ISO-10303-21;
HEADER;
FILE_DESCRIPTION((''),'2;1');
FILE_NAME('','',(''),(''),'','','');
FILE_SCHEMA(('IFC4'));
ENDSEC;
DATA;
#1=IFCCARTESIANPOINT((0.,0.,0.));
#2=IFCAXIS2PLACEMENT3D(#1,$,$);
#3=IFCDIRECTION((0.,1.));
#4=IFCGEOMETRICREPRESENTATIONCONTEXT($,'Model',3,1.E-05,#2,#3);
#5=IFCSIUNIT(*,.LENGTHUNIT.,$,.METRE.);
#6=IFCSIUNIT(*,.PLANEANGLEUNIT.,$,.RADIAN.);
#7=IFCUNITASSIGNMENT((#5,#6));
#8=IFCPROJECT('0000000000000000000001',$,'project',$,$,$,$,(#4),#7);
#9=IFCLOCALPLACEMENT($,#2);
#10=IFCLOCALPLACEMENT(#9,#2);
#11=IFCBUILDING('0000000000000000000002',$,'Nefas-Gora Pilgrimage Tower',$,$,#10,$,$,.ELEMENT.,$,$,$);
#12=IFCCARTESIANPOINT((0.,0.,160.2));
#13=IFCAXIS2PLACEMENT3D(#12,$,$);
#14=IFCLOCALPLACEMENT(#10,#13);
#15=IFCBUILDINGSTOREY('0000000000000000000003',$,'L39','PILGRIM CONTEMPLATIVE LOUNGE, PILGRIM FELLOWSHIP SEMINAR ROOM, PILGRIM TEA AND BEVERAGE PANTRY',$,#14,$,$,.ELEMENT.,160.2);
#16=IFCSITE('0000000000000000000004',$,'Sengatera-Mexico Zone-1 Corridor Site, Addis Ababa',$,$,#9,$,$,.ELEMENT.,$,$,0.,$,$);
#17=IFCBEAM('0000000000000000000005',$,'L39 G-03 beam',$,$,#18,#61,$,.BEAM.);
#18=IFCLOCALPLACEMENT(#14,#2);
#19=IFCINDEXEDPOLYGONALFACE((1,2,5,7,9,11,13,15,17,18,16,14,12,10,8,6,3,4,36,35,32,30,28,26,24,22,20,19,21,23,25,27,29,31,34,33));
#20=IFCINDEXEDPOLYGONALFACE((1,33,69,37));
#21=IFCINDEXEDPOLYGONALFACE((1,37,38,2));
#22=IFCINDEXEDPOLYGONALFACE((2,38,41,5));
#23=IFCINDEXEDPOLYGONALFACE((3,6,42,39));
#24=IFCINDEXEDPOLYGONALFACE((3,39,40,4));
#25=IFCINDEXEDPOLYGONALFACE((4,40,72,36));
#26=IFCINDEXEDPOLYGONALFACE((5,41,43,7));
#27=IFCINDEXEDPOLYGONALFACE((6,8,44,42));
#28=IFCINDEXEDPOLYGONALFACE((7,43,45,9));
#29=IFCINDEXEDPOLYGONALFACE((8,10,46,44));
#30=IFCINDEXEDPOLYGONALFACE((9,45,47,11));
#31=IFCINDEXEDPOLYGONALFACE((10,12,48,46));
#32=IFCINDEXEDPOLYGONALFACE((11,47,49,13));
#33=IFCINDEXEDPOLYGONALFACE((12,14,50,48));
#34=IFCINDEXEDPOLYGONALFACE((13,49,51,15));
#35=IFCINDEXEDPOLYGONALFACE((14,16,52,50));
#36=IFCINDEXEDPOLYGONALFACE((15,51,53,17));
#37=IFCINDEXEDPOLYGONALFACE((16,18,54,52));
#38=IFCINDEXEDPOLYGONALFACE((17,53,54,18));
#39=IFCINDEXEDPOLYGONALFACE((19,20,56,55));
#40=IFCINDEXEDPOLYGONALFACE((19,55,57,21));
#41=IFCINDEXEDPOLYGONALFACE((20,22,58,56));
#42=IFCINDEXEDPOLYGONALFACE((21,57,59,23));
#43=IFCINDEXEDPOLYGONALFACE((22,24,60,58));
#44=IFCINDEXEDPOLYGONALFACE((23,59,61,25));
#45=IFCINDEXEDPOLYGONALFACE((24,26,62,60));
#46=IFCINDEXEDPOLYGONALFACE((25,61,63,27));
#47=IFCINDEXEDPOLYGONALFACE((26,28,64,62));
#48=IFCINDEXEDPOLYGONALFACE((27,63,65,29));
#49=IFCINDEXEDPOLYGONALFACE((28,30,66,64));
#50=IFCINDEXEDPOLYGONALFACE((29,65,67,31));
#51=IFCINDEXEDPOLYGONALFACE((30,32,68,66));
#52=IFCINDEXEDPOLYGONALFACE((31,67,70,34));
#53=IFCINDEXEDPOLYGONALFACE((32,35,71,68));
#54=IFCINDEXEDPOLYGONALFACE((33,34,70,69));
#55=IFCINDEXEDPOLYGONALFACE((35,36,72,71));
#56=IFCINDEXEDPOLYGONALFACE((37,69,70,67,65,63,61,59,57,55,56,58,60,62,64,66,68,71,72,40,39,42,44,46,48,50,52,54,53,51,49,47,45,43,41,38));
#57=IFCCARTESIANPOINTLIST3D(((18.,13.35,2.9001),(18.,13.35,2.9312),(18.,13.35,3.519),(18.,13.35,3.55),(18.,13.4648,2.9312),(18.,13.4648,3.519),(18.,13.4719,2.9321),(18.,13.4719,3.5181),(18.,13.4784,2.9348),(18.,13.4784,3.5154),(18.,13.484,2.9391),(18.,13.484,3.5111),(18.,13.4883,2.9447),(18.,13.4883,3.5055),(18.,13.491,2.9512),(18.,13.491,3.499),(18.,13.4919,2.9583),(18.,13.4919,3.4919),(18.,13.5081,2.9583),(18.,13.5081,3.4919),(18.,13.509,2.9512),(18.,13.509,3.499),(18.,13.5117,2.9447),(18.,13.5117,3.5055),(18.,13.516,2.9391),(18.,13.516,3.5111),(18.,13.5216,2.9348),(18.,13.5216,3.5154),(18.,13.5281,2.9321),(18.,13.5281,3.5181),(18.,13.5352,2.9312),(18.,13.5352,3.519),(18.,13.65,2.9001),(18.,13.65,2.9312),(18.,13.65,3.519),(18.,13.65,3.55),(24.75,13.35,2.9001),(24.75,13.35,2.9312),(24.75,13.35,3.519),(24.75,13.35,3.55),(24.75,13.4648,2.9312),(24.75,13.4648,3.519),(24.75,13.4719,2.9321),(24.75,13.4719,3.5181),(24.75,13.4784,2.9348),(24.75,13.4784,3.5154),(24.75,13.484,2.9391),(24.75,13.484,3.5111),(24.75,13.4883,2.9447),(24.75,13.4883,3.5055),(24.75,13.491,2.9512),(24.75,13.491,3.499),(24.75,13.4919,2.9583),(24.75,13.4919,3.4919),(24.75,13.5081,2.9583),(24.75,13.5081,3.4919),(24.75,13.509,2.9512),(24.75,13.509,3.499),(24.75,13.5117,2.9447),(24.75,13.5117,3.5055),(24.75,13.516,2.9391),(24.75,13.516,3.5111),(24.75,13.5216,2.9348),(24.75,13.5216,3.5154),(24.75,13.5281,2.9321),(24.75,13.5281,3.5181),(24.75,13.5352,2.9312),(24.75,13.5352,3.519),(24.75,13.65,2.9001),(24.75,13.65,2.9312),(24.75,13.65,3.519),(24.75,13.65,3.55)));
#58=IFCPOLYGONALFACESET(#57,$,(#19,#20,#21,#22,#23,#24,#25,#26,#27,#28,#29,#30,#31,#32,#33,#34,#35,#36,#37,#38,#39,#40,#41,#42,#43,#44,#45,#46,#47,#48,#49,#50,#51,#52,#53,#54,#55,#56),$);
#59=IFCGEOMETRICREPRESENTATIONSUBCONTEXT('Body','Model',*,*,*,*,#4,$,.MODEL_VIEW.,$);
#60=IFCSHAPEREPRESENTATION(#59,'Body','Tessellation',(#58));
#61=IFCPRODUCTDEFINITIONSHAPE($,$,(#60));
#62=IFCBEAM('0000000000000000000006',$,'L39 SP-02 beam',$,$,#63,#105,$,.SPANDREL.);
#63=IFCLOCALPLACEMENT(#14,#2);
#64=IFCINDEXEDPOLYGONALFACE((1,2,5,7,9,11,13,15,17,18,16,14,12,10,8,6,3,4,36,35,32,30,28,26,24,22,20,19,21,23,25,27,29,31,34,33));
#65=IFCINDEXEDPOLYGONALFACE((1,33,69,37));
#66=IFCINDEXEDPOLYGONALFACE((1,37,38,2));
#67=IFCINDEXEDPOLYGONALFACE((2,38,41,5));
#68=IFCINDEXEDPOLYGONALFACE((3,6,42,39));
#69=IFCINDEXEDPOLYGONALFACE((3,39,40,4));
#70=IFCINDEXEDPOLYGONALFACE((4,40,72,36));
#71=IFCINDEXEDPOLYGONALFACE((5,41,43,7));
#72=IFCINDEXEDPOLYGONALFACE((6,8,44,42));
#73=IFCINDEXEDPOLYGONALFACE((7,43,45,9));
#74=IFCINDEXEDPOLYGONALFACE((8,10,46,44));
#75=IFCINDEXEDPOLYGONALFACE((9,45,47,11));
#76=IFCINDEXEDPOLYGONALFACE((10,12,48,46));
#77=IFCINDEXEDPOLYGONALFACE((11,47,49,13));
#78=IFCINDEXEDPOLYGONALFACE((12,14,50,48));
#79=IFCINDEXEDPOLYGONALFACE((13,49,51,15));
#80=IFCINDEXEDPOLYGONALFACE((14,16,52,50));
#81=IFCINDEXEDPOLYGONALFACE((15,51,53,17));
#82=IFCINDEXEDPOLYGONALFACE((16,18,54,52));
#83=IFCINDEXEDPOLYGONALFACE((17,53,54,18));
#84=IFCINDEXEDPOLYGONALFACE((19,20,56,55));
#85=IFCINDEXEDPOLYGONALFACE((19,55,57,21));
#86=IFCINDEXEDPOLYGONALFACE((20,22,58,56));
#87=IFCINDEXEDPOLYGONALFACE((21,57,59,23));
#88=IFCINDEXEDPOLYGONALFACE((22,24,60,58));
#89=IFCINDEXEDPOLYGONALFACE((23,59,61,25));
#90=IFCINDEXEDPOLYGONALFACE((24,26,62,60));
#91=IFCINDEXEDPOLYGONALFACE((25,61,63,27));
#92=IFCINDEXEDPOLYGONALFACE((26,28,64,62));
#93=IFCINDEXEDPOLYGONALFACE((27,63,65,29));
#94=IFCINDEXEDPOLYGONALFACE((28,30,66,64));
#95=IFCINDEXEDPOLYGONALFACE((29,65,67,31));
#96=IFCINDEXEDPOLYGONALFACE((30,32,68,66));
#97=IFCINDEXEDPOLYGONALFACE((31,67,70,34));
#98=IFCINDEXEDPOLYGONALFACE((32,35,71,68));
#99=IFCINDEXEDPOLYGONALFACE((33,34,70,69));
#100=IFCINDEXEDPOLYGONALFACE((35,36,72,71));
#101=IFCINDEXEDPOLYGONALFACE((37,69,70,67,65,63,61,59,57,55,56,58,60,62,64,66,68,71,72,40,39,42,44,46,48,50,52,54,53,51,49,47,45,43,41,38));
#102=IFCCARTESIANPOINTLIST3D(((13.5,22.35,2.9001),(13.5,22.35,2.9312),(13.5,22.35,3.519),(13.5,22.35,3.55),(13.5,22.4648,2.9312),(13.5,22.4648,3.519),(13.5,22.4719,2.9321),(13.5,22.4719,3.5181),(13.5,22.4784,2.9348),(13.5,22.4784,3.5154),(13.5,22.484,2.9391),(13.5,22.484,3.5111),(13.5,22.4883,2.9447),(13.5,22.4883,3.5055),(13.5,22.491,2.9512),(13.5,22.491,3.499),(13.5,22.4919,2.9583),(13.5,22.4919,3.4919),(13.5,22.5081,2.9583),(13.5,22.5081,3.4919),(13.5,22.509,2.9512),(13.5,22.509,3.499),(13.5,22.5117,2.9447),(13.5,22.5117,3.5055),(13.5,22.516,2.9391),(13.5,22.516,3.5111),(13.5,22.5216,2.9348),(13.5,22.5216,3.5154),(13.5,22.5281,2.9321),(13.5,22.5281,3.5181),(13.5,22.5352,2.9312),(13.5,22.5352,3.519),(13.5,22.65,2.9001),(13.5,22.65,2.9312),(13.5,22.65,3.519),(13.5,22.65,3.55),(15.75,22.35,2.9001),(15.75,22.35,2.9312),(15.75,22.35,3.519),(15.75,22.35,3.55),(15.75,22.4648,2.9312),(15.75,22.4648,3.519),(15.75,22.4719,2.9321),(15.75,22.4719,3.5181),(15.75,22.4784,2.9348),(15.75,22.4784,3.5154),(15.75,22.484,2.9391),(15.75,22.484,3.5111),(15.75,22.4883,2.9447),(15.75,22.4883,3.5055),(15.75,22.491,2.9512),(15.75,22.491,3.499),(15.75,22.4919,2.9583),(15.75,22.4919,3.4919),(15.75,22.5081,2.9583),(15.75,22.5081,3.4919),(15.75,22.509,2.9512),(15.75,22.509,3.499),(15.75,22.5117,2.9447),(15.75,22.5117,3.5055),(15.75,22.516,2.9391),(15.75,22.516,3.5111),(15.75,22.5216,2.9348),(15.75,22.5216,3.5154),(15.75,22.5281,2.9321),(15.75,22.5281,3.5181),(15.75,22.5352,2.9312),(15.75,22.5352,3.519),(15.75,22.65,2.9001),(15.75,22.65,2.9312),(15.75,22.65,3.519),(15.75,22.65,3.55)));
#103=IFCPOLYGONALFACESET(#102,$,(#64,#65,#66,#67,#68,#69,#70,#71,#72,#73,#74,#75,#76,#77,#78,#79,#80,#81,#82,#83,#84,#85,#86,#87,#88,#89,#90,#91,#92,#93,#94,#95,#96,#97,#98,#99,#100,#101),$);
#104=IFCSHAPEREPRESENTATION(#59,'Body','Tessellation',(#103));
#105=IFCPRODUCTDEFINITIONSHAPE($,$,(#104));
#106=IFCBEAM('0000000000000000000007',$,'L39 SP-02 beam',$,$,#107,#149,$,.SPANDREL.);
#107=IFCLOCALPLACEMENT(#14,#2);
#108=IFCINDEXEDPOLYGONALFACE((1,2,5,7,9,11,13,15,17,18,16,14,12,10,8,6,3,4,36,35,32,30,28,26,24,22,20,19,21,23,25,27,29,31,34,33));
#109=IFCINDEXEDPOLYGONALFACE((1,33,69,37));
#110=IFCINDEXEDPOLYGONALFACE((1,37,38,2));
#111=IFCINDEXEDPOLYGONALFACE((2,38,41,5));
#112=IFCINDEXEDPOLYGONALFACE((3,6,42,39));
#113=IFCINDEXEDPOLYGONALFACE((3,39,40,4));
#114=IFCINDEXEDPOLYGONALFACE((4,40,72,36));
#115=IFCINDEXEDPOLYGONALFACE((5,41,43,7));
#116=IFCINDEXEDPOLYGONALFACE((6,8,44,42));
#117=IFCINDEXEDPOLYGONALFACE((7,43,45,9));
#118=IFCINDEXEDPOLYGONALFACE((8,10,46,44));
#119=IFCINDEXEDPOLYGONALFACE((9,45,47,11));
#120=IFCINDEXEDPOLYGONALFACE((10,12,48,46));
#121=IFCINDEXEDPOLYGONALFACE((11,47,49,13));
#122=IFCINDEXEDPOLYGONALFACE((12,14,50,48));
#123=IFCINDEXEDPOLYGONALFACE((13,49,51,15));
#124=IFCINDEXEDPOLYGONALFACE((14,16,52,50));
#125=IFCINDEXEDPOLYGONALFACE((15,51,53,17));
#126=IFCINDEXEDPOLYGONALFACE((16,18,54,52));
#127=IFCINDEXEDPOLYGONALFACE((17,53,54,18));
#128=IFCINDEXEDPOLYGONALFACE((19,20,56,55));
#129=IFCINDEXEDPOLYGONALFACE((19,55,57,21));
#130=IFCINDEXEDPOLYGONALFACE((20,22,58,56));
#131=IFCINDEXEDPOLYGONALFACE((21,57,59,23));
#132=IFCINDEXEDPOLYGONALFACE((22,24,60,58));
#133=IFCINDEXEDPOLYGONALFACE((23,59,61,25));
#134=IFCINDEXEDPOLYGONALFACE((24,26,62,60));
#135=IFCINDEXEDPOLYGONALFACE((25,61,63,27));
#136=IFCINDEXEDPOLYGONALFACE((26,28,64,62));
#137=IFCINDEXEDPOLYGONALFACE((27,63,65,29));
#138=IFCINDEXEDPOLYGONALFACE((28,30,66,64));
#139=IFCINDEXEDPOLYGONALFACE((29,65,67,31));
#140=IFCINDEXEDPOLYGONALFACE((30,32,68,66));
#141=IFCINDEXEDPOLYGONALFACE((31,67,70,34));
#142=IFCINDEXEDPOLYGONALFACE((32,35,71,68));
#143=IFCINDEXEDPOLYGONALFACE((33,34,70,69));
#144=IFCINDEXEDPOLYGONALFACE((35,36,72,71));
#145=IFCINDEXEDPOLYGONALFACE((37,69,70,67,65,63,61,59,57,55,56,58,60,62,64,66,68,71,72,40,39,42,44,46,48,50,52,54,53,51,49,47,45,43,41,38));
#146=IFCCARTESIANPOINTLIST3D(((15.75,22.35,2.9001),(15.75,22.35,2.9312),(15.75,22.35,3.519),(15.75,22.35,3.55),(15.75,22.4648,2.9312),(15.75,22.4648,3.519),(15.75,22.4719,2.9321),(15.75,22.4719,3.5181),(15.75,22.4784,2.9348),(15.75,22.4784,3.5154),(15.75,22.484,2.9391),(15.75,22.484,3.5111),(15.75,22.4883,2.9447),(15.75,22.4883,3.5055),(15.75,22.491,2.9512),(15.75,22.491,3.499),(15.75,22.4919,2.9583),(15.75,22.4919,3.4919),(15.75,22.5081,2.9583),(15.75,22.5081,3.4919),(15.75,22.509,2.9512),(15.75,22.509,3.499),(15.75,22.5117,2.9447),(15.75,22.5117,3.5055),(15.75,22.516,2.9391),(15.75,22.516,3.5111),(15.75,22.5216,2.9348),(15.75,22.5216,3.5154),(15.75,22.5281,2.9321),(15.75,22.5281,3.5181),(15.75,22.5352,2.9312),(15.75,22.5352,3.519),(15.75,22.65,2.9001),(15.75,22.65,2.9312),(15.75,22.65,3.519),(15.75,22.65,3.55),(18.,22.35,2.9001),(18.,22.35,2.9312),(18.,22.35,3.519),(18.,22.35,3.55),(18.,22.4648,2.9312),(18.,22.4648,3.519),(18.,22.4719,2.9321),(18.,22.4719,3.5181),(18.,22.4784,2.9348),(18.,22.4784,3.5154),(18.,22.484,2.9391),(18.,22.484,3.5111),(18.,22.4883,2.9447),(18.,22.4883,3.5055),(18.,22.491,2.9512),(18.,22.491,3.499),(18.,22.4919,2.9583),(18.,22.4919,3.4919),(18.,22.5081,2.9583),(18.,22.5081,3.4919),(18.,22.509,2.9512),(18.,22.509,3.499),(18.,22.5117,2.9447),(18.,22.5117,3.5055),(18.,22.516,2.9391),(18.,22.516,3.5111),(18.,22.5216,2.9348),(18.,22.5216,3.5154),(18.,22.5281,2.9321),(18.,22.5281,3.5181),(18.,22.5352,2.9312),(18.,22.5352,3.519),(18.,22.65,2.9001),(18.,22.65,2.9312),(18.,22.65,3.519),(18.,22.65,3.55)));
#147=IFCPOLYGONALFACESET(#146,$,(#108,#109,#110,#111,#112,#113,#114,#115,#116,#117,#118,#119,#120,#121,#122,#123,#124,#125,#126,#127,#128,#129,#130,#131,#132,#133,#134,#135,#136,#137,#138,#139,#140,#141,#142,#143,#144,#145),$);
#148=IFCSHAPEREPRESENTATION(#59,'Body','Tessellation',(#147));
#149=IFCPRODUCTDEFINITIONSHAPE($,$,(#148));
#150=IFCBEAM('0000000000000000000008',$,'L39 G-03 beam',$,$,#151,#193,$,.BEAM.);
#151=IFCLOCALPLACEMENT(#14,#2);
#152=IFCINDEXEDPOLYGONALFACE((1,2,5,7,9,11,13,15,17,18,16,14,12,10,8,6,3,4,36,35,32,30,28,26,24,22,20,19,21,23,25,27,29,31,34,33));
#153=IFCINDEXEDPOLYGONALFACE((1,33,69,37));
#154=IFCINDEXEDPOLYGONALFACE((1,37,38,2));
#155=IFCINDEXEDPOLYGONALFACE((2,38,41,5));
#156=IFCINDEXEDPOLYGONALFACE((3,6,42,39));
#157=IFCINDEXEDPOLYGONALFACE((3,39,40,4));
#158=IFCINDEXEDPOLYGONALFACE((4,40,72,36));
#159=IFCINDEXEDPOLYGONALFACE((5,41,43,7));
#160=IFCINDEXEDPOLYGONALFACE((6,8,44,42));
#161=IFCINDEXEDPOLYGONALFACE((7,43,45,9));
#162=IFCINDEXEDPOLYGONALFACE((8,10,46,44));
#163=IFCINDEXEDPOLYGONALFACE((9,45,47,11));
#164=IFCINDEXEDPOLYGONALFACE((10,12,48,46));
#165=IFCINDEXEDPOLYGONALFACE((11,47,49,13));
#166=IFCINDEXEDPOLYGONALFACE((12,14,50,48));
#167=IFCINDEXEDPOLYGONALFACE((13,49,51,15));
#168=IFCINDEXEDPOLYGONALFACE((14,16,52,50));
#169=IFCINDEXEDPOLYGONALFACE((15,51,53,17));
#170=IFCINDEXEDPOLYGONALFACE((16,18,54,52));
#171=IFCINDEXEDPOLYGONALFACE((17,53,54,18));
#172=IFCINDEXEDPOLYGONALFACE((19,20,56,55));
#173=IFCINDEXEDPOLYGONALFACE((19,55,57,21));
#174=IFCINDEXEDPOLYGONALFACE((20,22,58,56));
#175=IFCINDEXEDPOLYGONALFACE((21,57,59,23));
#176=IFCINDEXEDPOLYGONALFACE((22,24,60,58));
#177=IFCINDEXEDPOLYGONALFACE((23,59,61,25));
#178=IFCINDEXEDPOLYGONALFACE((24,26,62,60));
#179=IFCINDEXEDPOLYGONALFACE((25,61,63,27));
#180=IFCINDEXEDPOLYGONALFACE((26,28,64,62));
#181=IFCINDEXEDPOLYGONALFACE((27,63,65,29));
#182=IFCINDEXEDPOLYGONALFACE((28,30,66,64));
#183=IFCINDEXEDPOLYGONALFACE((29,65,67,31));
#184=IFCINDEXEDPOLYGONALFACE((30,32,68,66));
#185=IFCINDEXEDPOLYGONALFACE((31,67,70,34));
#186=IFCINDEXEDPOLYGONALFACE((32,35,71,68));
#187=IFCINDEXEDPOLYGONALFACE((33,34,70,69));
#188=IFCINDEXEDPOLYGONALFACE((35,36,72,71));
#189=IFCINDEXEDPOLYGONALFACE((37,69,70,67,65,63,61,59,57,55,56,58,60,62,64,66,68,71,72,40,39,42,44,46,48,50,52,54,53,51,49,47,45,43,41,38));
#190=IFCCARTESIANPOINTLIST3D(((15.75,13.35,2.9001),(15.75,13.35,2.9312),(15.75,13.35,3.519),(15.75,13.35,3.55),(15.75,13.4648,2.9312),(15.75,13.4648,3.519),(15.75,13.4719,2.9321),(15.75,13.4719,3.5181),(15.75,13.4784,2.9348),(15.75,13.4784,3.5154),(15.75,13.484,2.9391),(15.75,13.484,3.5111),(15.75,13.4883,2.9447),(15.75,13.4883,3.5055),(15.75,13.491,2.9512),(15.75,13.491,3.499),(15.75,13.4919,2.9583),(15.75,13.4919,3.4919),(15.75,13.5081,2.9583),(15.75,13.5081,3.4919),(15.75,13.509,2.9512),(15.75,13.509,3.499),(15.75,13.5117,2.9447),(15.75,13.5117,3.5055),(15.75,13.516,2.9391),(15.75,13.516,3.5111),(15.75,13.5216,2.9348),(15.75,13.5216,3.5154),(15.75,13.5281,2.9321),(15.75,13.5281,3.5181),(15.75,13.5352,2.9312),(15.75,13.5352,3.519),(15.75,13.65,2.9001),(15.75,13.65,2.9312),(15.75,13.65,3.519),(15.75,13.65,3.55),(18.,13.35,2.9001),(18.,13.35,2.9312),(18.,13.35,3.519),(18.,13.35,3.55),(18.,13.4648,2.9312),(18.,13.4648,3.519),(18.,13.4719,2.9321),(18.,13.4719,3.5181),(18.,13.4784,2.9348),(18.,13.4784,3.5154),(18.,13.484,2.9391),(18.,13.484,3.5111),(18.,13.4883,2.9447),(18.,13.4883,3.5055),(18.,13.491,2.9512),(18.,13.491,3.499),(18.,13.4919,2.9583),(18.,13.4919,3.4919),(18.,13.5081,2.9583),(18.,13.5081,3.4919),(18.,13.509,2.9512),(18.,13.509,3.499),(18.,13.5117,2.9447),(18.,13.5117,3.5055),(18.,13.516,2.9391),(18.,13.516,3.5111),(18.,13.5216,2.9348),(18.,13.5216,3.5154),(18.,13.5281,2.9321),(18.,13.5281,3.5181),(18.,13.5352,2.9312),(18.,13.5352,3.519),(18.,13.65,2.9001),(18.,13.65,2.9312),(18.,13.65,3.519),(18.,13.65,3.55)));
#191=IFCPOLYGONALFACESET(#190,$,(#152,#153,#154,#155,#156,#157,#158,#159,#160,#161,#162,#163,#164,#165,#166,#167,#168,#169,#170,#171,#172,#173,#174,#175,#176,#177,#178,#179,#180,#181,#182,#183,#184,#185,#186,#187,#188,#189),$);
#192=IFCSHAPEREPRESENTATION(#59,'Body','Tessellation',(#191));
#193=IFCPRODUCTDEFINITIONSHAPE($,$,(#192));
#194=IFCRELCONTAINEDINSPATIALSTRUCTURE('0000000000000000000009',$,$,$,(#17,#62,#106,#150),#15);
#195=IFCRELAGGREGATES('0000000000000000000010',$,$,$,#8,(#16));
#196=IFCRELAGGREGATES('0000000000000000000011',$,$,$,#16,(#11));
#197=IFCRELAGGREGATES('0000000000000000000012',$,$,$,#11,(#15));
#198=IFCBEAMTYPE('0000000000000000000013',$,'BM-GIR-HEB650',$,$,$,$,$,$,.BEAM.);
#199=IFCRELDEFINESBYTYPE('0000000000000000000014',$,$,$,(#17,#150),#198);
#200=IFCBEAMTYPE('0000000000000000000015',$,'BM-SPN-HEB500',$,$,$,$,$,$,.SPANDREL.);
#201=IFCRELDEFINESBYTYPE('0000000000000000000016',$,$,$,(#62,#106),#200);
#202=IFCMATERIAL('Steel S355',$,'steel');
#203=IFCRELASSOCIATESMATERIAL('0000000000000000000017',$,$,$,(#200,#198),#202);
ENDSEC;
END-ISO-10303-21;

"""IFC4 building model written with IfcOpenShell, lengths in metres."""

from ifc_helpers import new_model, si_unit, direction, frame, origin, origin_2d, place, context, subcontext, project, spatial, i_section, extrude, source, transform, mapped, material, material_profile, profile_set, type_object, element, save


model = new_model("IFC4")

# Units and contexts
model_context = context("Model", 3, precision=1e-05, world=origin(), true_north=direction((0.0, 1.0)))
body_context = subcontext(model_context, "Body", "Model", "MODEL_VIEW")
ifc_project = project(units=[si_unit("LENGTHUNIT", "METRE"), si_unit("PLANEANGLEUNIT", "RADIAN")], contexts=[model_context])

# Site, building, storey
site_placement = place(None, origin())
site = spatial("IfcSite", under=ifc_project, at=site_placement, Name="Sengatera-Mexico Zone-1 Corridor Site, Addis Ababa", CompositionType="ELEMENT", RefElevation=0.0)
building_placement = place(site_placement, origin())
building = spatial("IfcBuilding", under=site, at=building_placement, Name="Nefas-Gora Pilgrimage Tower", CompositionType="ELEMENT")
storey_placement = place(building_placement, frame((0.0, 0.0, 160.2)))
storey = spatial("IfcBuildingStorey", under=building, at=storey_placement, Name="L39", Description="PILGRIM CONTEMPLATIVE LOUNGE, PILGRIM FELLOWSHIP SEMINAR ROOM, PILGRIM TEA AND BEVERAGE PANTRY", CompositionType="ELEMENT", Elevation=160.2)

# Beams
ifc_material_1 = material(Name="Steel S355", Category="steel")
ifc_material_profile_1 = material_profile(ifc_material_1, i_section(OverallWidth=0.3, OverallDepth=0.6499, WebThickness=0.0161, FlangeThickness=0.031, FilletRadius=0.0271, at=origin_2d()), Name="HEB 650")
ifc_profile_set_1 = profile_set([ifc_material_profile_1], Name="Steel S355")
beam_type_1 = type_object("IfcBeamType", Name="BM-SPN-HEB500", PredefinedType="SPANDREL", material=ifc_profile_set_1)
ifc_material_profile_2 = material_profile(ifc_material_1, i_section(OverallWidth=0.3, OverallDepth=0.6499, WebThickness=0.0161, FlangeThickness=0.031, FilletRadius=0.0271, at=origin_2d()), Name="HEB 650")
ifc_profile_set_2 = profile_set([ifc_material_profile_2], Name="Steel S355")
beam_type_2 = type_object("IfcBeamType", Name="BM-GIR-HEB650", PredefinedType="BEAM", material=ifc_profile_set_2)
shared_shape_1 = source(origin(), body_context, "Body", "SweptSolid", [
    extrude(i_section(OverallWidth=0.3, OverallDepth=0.6499, WebThickness=0.0161, FlangeThickness=0.031, FilletRadius=0.0271, at=origin_2d()), origin(), (0.0, 0.0, 1.0), 6.75),
])
for number, where, z_axis, x_axis, name in (
    (1, (18.0, 13.5, 3.2251), (1.0, 0.0, 0.0), (0.0, 1.0, 0.0), "L39 G-03 beam"),
):
    element("IfcBeam", number, at=place(storey_placement, frame(where, z_axis=z_axis, x_axis=x_axis)), inside=storey, type_object=beam_type_2, Name=name, PredefinedType="BEAM", context=body_context, shape_type="MappedRepresentation", body=[
        mapped(shared_shape_1, transform((0.0, 0.0, 0.0), x_axis=(1.0, 0.0, 0.0), y_axis=(0.0, 1.0, 0.0), z_axis=(0.0, 0.0, 1.0), scale=1.0)),
    ])
shared_shape_2 = source(origin(), body_context, "Body", "SweptSolid", [
    extrude(i_section(OverallWidth=0.3, OverallDepth=0.6499, WebThickness=0.0161, FlangeThickness=0.031, FilletRadius=0.0271, at=origin_2d()), origin(), (0.0, 0.0, 1.0), 2.25),
])
for number, where, z_axis, x_axis, name in (
    (2, (13.5, 22.5, 3.2251), (1.0, 0.0, 0.0), (0.0, 1.0, 0.0), "L39 SP-02 beam"),
    (3, (15.75, 22.5, 3.2251), (1.0, 0.0, 0.0), (0.0, 1.0, 0.0), "L39 SP-02 beam"),
):
    element("IfcBeam", number, at=place(storey_placement, frame(where, z_axis=z_axis, x_axis=x_axis)), inside=storey, type_object=beam_type_1, Name=name, PredefinedType="SPANDREL", context=body_context, shape_type="MappedRepresentation", body=[
        mapped(shared_shape_2, transform((0.0, 0.0, 0.0), x_axis=(1.0, 0.0, 0.0), y_axis=(0.0, 1.0, 0.0), z_axis=(0.0, 0.0, 1.0), scale=1.0)),
    ])
shared_shape_3 = source(origin(), body_context, "Body", "SweptSolid", [
    extrude(i_section(OverallWidth=0.3, OverallDepth=0.6499, WebThickness=0.0161, FlangeThickness=0.031, FilletRadius=0.0271, at=origin_2d()), origin(), (0.0, 0.0, 1.0), 2.25),
])
beam_1_placement = place(storey_placement, frame((15.75, 13.5, 3.2251), z_axis=(1.0, 0.0, 0.0), x_axis=(0.0, 1.0, 0.0)))
element("IfcBeam", 4, at=beam_1_placement, inside=storey, type_object=beam_type_2, Name="L39 G-03 beam", PredefinedType="BEAM", context=body_context, shape_type="MappedRepresentation", body=[
    mapped(shared_shape_3, transform((0.0, 0.0, 0.0), x_axis=(1.0, 0.0, 0.0), y_axis=(0.0, 1.0, 0.0), z_axis=(0.0, 0.0, 1.0), scale=1.0)),
])

save(model, "model.ifc")
